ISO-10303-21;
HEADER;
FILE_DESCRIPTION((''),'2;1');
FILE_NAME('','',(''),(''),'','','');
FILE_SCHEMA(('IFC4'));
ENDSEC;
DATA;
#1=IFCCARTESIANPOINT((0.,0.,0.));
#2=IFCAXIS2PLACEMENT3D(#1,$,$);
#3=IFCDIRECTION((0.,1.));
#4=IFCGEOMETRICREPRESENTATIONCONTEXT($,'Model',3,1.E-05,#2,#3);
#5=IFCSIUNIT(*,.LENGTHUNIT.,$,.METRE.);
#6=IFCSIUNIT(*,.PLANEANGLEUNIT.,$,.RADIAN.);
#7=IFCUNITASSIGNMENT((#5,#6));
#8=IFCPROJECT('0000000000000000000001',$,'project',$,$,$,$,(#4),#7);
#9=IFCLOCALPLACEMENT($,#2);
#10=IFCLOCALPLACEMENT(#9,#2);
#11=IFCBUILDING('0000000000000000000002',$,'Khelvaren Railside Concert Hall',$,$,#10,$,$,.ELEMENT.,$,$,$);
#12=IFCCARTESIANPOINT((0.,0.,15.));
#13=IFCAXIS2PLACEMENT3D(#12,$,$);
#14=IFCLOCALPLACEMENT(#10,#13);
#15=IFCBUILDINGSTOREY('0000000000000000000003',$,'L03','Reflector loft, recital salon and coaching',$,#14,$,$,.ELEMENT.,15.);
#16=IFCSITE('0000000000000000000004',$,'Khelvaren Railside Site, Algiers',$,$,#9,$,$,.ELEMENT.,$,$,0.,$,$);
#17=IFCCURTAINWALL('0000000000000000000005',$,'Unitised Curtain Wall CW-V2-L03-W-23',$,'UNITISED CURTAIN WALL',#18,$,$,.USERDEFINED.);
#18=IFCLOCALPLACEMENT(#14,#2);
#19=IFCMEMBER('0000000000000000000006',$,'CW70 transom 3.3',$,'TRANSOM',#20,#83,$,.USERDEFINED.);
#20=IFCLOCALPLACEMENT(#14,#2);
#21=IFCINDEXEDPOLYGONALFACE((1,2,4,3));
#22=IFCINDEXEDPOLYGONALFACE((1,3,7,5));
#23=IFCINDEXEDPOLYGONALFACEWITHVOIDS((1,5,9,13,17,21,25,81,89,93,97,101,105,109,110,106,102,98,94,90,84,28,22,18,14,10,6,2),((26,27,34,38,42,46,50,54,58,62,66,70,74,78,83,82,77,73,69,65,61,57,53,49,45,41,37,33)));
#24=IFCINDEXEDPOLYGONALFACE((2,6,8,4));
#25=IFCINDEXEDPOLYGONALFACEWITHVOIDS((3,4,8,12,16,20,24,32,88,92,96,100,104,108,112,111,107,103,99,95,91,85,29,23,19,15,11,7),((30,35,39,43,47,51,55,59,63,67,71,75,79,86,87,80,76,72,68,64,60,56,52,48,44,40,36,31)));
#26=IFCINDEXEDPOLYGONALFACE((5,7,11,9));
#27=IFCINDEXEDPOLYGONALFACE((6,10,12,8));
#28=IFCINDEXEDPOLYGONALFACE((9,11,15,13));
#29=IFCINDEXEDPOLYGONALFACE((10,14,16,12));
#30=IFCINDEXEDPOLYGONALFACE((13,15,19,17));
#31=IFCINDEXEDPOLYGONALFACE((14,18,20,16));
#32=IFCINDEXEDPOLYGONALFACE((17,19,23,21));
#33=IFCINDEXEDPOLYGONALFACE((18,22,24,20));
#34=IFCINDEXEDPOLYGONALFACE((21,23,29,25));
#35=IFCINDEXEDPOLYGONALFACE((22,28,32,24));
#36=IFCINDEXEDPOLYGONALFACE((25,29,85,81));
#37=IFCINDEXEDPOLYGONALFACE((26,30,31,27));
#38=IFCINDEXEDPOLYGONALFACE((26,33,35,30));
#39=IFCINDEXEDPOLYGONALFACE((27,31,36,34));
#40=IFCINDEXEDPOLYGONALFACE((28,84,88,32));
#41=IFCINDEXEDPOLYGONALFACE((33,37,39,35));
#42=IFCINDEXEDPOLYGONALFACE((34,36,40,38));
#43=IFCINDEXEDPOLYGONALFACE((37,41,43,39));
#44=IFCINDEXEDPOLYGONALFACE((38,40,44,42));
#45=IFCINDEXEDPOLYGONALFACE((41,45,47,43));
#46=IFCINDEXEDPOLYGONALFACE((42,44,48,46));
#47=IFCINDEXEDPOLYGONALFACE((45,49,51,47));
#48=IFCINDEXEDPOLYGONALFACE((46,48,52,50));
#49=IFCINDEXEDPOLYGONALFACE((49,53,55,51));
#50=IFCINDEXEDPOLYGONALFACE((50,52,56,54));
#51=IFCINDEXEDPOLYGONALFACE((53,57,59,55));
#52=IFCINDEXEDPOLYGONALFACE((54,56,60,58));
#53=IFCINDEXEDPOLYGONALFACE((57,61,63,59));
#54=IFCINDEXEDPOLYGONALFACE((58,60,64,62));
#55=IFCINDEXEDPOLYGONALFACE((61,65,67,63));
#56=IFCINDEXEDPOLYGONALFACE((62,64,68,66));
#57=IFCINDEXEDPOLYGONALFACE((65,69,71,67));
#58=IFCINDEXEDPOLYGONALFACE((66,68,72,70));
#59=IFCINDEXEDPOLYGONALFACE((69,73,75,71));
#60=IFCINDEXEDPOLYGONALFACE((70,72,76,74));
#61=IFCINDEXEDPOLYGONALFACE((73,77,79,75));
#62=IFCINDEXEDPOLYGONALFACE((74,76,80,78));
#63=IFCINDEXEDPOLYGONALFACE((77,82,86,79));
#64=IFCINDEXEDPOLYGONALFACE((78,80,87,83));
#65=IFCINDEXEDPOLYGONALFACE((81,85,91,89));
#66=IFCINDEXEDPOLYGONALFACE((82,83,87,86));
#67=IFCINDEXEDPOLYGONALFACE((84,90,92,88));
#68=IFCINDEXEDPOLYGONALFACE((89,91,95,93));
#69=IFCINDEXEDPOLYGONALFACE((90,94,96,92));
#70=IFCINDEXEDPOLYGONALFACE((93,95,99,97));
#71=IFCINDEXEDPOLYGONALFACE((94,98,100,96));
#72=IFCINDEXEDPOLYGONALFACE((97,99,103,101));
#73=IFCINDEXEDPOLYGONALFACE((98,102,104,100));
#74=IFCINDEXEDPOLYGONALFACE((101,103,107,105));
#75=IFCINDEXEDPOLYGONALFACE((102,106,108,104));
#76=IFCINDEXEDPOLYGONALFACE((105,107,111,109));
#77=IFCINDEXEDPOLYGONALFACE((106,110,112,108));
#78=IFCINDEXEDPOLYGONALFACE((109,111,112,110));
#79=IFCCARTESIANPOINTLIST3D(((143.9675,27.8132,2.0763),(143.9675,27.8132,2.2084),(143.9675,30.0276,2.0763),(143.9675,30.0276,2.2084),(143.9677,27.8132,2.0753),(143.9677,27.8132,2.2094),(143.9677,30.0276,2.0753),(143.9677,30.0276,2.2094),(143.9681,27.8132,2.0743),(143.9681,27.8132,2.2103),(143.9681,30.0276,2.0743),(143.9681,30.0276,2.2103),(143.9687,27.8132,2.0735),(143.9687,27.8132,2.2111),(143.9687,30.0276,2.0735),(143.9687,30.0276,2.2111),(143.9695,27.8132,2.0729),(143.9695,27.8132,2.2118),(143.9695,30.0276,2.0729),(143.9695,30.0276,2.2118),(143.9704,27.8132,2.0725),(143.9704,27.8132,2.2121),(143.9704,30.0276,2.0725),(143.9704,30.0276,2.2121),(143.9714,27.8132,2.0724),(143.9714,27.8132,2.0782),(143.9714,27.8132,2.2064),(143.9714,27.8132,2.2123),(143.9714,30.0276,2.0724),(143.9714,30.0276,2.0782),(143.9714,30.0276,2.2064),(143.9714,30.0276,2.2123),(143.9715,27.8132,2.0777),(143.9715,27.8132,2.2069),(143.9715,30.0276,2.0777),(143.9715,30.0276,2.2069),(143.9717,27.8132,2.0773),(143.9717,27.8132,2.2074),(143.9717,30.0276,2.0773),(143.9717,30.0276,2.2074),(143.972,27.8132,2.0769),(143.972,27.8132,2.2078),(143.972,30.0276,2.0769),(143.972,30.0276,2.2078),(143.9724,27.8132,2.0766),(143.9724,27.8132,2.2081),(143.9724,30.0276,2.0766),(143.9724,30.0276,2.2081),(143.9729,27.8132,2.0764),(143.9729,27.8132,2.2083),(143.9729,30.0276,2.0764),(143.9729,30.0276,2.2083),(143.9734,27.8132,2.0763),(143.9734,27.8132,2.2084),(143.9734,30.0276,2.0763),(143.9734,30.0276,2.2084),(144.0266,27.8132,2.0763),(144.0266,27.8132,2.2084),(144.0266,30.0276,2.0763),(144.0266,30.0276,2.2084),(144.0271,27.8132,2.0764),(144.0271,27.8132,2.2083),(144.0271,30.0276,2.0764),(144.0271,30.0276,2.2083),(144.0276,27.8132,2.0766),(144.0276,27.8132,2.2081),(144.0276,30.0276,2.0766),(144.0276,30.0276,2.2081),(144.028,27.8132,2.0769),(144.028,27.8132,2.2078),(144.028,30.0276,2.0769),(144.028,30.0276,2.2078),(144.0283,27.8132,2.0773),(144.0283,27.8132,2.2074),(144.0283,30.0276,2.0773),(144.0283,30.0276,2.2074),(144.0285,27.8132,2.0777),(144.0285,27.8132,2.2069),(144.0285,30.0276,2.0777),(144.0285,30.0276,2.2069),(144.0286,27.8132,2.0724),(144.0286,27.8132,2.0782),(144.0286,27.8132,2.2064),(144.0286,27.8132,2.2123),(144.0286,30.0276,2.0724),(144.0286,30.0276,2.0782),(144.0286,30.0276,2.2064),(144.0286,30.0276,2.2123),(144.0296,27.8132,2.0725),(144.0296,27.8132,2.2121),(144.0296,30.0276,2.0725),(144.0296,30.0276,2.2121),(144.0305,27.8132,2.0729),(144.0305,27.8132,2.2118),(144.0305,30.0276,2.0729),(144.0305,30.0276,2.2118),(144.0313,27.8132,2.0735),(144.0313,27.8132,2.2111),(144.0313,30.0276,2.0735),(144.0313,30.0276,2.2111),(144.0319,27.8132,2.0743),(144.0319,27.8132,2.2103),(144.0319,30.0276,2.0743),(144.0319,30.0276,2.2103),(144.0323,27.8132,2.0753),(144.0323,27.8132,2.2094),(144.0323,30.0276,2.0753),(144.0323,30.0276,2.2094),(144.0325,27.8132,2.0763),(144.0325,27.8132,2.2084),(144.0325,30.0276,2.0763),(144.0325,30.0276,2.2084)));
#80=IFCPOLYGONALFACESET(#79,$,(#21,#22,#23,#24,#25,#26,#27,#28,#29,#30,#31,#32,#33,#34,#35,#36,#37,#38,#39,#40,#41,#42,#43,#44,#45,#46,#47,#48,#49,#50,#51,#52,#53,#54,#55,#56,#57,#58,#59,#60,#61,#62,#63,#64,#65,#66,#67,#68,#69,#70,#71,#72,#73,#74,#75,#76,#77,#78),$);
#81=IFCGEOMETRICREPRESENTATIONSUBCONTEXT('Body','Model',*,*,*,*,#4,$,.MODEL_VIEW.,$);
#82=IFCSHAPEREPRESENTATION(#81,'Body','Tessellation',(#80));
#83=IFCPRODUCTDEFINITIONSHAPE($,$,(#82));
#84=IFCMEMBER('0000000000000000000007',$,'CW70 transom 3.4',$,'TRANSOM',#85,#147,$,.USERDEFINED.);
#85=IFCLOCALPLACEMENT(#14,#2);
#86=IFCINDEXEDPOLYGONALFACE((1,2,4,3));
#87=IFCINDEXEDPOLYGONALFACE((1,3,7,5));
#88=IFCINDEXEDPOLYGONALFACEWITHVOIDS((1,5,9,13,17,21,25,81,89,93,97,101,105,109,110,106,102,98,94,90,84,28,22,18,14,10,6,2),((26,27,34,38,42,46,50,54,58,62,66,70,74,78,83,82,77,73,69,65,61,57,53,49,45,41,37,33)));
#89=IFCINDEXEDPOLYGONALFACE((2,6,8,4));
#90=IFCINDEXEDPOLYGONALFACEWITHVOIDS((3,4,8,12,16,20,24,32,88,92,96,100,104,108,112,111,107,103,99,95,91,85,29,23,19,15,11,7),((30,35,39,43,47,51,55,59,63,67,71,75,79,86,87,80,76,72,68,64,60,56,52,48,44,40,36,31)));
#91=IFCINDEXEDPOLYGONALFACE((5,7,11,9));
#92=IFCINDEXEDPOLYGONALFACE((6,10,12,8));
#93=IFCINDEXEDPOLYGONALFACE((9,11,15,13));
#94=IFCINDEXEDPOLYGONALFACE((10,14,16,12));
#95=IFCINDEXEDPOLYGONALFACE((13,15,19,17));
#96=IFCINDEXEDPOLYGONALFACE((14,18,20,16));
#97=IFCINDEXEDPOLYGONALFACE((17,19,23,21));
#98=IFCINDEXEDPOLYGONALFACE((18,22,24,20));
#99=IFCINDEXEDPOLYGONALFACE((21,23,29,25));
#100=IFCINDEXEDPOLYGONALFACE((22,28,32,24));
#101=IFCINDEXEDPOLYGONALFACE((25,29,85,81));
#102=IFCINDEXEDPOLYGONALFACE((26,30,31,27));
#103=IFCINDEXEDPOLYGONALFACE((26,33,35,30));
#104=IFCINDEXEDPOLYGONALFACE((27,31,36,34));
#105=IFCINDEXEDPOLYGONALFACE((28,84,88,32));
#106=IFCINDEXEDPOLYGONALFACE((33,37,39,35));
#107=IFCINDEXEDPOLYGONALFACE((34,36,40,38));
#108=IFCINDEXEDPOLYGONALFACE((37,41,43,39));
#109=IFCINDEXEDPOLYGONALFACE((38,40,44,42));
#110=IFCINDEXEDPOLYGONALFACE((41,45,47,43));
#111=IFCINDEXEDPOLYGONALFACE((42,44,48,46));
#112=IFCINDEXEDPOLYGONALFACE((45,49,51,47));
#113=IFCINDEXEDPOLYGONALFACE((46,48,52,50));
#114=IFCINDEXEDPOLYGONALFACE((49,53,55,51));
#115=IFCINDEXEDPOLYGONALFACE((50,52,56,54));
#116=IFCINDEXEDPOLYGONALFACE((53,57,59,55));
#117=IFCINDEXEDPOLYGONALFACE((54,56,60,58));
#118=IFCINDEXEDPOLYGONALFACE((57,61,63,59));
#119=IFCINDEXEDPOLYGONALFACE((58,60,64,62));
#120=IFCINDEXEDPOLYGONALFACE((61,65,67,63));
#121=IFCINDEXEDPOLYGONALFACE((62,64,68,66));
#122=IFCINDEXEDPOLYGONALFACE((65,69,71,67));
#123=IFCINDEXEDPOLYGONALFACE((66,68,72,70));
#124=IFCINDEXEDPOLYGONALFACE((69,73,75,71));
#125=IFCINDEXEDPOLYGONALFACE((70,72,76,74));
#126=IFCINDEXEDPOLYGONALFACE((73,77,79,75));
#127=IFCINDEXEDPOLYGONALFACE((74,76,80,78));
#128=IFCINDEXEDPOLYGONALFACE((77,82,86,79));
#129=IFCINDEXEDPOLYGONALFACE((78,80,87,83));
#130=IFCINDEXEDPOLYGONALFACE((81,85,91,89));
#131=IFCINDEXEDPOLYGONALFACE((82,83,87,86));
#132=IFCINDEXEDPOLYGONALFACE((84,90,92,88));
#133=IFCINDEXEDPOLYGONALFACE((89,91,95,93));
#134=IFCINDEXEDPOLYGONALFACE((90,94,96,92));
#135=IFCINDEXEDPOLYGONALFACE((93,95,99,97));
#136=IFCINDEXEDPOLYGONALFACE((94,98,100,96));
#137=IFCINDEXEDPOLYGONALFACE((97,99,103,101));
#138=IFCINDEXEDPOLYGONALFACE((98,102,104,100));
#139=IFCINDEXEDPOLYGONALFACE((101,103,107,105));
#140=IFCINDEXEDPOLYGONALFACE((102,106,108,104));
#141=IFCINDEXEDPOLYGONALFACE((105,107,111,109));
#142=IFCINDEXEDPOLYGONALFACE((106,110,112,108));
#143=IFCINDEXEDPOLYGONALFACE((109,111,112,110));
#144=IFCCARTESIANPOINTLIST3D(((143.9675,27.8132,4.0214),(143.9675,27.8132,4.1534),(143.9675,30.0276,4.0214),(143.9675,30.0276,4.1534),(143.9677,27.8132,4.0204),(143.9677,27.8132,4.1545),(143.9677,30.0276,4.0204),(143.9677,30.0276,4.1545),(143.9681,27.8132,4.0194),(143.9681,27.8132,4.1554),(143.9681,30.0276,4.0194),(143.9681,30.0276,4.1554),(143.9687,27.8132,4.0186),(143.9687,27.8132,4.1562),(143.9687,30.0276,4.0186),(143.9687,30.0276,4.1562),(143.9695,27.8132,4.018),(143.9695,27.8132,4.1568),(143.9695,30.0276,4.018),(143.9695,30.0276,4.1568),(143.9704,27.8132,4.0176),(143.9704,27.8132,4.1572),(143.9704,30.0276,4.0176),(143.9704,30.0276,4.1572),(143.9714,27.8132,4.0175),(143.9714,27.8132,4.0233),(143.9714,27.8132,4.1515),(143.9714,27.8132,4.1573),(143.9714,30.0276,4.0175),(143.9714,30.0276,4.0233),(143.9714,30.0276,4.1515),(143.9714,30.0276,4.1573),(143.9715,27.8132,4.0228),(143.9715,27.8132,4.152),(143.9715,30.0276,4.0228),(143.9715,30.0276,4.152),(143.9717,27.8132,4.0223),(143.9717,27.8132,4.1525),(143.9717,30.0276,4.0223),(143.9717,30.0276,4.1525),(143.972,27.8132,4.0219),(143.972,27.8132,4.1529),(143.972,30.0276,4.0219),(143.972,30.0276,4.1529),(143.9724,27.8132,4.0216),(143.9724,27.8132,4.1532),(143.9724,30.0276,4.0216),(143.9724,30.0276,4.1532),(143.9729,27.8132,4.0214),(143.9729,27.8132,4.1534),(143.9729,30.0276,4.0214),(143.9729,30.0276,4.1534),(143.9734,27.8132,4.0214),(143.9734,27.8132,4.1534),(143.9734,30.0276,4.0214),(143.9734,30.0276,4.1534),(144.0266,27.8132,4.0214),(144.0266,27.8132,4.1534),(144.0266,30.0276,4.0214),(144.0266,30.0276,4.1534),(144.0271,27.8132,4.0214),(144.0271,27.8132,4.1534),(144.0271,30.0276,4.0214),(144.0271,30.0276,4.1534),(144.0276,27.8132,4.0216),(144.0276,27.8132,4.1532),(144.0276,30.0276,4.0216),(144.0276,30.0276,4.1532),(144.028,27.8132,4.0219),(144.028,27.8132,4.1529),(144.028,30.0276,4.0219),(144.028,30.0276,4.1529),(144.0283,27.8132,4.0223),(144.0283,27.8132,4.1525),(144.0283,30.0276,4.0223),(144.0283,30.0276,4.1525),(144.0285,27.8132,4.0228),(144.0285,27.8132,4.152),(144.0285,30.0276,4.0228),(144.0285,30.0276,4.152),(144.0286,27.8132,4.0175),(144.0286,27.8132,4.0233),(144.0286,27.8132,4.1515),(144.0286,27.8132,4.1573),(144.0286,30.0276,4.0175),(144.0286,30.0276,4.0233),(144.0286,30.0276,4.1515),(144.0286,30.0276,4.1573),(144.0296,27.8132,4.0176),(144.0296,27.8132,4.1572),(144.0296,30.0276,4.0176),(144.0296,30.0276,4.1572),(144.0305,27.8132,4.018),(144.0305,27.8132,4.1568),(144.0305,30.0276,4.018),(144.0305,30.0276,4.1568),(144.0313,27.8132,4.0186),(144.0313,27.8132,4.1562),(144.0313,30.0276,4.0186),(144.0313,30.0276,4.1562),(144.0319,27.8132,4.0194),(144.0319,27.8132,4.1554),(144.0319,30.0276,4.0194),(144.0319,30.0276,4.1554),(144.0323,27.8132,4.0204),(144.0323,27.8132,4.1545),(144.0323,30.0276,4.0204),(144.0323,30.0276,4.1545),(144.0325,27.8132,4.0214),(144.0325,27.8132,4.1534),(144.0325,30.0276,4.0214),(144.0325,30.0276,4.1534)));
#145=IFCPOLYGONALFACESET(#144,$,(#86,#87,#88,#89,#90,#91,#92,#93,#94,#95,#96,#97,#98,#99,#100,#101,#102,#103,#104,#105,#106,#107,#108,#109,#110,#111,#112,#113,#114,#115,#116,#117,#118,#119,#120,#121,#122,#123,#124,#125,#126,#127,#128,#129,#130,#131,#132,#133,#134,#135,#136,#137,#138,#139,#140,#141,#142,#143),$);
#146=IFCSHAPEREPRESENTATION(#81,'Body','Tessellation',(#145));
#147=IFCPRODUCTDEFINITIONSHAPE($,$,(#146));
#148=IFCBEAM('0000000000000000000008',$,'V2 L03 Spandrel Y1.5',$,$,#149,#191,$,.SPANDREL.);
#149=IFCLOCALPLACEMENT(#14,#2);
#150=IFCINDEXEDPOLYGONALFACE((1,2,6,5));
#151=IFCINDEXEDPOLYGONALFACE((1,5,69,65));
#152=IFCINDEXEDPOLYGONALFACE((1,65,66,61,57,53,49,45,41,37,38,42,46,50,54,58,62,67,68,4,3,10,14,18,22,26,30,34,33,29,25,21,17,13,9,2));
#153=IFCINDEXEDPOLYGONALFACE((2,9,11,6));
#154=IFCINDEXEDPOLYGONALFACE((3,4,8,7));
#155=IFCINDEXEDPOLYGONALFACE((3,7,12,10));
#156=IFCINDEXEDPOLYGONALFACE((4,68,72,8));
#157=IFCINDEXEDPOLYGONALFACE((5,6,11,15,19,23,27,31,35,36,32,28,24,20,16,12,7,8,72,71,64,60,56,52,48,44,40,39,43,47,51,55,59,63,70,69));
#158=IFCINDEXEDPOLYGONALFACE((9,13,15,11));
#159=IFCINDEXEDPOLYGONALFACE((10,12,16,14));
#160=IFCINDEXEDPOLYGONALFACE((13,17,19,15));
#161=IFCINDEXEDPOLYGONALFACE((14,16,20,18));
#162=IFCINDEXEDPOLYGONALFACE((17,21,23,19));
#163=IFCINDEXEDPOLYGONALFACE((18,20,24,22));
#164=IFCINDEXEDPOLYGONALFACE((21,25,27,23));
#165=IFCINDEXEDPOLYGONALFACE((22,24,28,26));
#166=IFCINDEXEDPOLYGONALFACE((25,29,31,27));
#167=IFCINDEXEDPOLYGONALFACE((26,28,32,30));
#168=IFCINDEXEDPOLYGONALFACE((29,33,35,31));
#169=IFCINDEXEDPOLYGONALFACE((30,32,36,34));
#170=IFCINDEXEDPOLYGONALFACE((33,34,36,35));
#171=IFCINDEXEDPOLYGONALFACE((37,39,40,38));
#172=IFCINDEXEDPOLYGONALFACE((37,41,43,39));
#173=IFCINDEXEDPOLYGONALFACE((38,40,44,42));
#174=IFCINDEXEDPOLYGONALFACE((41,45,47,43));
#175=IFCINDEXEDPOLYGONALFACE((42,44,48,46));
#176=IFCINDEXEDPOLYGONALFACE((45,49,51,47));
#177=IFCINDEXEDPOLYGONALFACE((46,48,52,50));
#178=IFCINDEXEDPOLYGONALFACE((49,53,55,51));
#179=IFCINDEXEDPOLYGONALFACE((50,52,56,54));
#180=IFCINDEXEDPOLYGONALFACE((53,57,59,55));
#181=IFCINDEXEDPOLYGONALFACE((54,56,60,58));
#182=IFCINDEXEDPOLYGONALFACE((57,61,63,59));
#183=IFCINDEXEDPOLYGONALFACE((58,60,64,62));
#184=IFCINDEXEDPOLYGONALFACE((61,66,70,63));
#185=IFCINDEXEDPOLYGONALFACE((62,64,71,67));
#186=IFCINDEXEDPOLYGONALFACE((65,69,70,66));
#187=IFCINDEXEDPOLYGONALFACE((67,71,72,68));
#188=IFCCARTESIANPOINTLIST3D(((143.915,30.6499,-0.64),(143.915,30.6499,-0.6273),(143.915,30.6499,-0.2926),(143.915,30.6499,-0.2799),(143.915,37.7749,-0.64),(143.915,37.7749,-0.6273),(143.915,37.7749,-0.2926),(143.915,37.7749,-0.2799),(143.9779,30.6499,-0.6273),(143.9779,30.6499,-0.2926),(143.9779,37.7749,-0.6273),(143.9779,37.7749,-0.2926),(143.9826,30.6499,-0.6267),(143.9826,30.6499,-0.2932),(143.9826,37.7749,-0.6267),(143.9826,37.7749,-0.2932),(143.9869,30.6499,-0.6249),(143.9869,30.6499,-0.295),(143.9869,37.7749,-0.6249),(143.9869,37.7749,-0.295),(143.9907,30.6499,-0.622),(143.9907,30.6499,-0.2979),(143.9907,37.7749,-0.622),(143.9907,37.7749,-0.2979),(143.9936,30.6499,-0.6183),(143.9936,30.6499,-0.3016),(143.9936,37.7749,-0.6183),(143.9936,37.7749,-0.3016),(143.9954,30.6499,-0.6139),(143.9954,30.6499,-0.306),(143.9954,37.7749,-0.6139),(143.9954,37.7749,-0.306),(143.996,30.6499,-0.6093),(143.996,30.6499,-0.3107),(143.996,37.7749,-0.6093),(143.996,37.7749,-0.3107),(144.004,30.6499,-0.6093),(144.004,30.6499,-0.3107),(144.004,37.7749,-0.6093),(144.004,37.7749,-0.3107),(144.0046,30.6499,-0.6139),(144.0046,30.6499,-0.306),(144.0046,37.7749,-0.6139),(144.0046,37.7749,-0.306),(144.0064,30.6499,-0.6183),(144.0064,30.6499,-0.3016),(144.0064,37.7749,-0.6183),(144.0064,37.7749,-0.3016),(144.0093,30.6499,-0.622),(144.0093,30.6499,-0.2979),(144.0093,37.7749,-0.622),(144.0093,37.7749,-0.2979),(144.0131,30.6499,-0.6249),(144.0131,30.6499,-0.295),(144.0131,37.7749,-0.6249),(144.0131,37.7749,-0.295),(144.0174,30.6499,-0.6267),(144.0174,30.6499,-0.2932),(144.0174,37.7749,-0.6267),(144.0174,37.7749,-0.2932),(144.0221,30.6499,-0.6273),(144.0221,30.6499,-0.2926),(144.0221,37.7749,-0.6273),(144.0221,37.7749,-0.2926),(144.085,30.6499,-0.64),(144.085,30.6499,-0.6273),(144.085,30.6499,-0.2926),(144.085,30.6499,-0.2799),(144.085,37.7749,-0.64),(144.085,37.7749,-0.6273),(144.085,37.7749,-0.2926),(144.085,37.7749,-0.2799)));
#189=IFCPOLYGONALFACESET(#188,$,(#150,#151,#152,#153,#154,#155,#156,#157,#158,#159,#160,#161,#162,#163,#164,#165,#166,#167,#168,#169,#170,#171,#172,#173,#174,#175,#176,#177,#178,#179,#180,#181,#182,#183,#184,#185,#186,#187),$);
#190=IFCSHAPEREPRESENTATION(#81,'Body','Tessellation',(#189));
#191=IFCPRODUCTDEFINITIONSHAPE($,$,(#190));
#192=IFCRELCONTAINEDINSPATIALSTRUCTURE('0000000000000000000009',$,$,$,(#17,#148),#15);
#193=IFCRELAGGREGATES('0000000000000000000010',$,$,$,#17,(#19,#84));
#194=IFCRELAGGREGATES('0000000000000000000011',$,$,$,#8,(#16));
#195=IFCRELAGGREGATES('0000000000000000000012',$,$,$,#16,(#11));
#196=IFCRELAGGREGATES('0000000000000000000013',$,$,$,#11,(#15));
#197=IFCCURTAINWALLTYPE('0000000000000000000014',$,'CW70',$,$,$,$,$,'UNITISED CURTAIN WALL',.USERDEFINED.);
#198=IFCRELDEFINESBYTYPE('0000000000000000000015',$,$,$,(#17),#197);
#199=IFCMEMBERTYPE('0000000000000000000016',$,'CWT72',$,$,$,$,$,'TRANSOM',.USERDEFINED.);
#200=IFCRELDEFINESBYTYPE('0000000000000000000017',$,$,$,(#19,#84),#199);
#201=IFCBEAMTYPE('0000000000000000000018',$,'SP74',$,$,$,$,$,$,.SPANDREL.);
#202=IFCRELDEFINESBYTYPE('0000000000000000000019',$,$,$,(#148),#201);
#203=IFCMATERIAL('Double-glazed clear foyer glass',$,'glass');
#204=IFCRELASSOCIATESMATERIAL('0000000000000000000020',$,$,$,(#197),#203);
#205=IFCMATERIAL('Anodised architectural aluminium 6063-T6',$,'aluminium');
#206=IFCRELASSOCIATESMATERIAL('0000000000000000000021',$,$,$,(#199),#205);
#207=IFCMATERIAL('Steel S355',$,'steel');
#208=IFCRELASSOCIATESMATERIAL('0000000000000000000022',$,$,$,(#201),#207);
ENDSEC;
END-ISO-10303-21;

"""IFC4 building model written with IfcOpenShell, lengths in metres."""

from ifc_helpers import new_model, si_unit, direction, frame, origin, origin_2d, place, context, subcontext, project, spatial, hollow_rectangle, i_section, extrude, material, material_profile, profile_set, type_object, element, aggregate, save


model = new_model("IFC4")

# Units and contexts
model_context = context("Model", 3, precision=1e-05, world=origin(), true_north=direction((0.0, 1.0)))
body_context = subcontext(model_context, "Body", "Model", "MODEL_VIEW")
ifc_project = project(units=[si_unit("LENGTHUNIT", "METRE"), si_unit("PLANEANGLEUNIT", "RADIAN")], contexts=[model_context])

# Site, building, storey
site_placement = place(None, origin())
site = spatial("IfcSite", under=ifc_project, at=site_placement, Name="Khelvaren Railside Site, Algiers", CompositionType="ELEMENT", RefElevation=0.0)
building_placement = place(site_placement, origin())
building = spatial("IfcBuilding", under=site, at=building_placement, Name="Khelvaren Railside Concert Hall", CompositionType="ELEMENT")
storey_placement = place(building_placement, frame((0.0, 0.0, 15.0)))
storey = spatial("IfcBuildingStorey", under=building, at=storey_placement, Name="L03", Description="Reflector loft, recital salon and coaching", CompositionType="ELEMENT", Elevation=15.0)

# Shared definitions
ifc_material_1 = material(Name="Steel S355", Category="steel")

# Curtain wall
ifc_material_2 = material(Name="Double-glazed clear foyer glass", Category="glass")
curtain_wall_type_1 = type_object("IfcCurtainWallType", Name="CW70", ElementType="UNITISED CURTAIN WALL", PredefinedType="USERDEFINED", material=ifc_material_2)
curtain_wall_1_placement = place(storey_placement, origin())
curtain_wall_1 = element("IfcCurtainWall", 1, at=curtain_wall_1_placement, inside=storey, type_object=curtain_wall_type_1, Name="Unitised Curtain Wall CW-V2-L03-W-23", ObjectType="UNITISED CURTAIN WALL", PredefinedType="USERDEFINED")
ifc_material_3 = material(Name="Anodised architectural aluminium 6063-T6", Category="aluminium")

# Members
ifc_material_profile_1 = material_profile(ifc_material_3, hollow_rectangle(XDim=0.0649, YDim=0.1399, WallThickness=0.0039, InnerFilletRadius=0.002, OuterFilletRadius=0.0039, at=origin_2d()), Name="CWT 65x140x4")
ifc_profile_set_1 = profile_set([ifc_material_profile_1], Name="Anodised architectural aluminium 6063-T6")
member_type_1 = type_object("IfcMemberType", Name="CWT72", ElementType="TRANSOM", PredefinedType="USERDEFINED", material=ifc_profile_set_1)
member_1_placement = place(storey_placement, frame((144.0, 27.8132, 2.1423), z_axis=(0.0, 1.0, 0.0), x_axis=(-1.0, 0.0, 0.0)))
member_1 = element("IfcMember", 2, at=member_1_placement, type_object=member_type_1, Name="CW70 transom 3.3", ObjectType="TRANSOM", PredefinedType="USERDEFINED", context=body_context, shape_type="SweptSolid", body=[
    extrude(hollow_rectangle(XDim=0.0649, YDim=0.1399, WallThickness=0.0039, InnerFilletRadius=0.002, OuterFilletRadius=0.0039, at=origin_2d()), origin(), (0.0, 0.0, 1.0), 2.2144),
])
member_2_placement = place(storey_placement, frame((144.0, 27.8132, 4.0874), z_axis=(0.0, 1.0, 0.0), x_axis=(-1.0, 0.0, 0.0)))
member_2 = element("IfcMember", 3, at=member_2_placement, type_object=member_type_1, Name="CW70 transom 3.4", ObjectType="TRANSOM", PredefinedType="USERDEFINED", context=body_context, shape_type="SweptSolid", body=[
    extrude(hollow_rectangle(XDim=0.0649, YDim=0.1399, WallThickness=0.0039, InnerFilletRadius=0.002, OuterFilletRadius=0.0039, at=origin_2d()), origin(), (0.0, 0.0, 1.0), 2.2144),
])

# Beam
ifc_material_profile_2 = material_profile(ifc_material_1, i_section(OverallWidth=0.1699, OverallDepth=0.3601, WebThickness=0.0081, FlangeThickness=0.0127, FilletRadius=0.0181, at=origin_2d()), Name="IPE 360")
ifc_profile_set_2 = profile_set([ifc_material_profile_2], Name="Steel S355")
beam_type = type_object("IfcBeamType", Name="SP74", PredefinedType="SPANDREL", material=ifc_profile_set_2)
beam_placement = place(storey_placement, frame((144.0, 30.6499, -0.46), z_axis=(0.0, 1.0, 0.0), x_axis=(-1.0, 0.0, 0.0)))
element("IfcBeam", 4, at=beam_placement, inside=storey, type_object=beam_type, Name="V2 L03 Spandrel Y1.5", PredefinedType="SPANDREL", context=body_context, shape_type="SweptSolid", body=[
    extrude(i_section(OverallWidth=0.1699, OverallDepth=0.3601, WebThickness=0.0081, FlangeThickness=0.0127, FilletRadius=0.0181, at=origin_2d()), origin(), (0.0, 0.0, 1.0), 7.125),
])

aggregate(curtain_wall_1, [member_1, member_2])

save(model, "model.ifc")
